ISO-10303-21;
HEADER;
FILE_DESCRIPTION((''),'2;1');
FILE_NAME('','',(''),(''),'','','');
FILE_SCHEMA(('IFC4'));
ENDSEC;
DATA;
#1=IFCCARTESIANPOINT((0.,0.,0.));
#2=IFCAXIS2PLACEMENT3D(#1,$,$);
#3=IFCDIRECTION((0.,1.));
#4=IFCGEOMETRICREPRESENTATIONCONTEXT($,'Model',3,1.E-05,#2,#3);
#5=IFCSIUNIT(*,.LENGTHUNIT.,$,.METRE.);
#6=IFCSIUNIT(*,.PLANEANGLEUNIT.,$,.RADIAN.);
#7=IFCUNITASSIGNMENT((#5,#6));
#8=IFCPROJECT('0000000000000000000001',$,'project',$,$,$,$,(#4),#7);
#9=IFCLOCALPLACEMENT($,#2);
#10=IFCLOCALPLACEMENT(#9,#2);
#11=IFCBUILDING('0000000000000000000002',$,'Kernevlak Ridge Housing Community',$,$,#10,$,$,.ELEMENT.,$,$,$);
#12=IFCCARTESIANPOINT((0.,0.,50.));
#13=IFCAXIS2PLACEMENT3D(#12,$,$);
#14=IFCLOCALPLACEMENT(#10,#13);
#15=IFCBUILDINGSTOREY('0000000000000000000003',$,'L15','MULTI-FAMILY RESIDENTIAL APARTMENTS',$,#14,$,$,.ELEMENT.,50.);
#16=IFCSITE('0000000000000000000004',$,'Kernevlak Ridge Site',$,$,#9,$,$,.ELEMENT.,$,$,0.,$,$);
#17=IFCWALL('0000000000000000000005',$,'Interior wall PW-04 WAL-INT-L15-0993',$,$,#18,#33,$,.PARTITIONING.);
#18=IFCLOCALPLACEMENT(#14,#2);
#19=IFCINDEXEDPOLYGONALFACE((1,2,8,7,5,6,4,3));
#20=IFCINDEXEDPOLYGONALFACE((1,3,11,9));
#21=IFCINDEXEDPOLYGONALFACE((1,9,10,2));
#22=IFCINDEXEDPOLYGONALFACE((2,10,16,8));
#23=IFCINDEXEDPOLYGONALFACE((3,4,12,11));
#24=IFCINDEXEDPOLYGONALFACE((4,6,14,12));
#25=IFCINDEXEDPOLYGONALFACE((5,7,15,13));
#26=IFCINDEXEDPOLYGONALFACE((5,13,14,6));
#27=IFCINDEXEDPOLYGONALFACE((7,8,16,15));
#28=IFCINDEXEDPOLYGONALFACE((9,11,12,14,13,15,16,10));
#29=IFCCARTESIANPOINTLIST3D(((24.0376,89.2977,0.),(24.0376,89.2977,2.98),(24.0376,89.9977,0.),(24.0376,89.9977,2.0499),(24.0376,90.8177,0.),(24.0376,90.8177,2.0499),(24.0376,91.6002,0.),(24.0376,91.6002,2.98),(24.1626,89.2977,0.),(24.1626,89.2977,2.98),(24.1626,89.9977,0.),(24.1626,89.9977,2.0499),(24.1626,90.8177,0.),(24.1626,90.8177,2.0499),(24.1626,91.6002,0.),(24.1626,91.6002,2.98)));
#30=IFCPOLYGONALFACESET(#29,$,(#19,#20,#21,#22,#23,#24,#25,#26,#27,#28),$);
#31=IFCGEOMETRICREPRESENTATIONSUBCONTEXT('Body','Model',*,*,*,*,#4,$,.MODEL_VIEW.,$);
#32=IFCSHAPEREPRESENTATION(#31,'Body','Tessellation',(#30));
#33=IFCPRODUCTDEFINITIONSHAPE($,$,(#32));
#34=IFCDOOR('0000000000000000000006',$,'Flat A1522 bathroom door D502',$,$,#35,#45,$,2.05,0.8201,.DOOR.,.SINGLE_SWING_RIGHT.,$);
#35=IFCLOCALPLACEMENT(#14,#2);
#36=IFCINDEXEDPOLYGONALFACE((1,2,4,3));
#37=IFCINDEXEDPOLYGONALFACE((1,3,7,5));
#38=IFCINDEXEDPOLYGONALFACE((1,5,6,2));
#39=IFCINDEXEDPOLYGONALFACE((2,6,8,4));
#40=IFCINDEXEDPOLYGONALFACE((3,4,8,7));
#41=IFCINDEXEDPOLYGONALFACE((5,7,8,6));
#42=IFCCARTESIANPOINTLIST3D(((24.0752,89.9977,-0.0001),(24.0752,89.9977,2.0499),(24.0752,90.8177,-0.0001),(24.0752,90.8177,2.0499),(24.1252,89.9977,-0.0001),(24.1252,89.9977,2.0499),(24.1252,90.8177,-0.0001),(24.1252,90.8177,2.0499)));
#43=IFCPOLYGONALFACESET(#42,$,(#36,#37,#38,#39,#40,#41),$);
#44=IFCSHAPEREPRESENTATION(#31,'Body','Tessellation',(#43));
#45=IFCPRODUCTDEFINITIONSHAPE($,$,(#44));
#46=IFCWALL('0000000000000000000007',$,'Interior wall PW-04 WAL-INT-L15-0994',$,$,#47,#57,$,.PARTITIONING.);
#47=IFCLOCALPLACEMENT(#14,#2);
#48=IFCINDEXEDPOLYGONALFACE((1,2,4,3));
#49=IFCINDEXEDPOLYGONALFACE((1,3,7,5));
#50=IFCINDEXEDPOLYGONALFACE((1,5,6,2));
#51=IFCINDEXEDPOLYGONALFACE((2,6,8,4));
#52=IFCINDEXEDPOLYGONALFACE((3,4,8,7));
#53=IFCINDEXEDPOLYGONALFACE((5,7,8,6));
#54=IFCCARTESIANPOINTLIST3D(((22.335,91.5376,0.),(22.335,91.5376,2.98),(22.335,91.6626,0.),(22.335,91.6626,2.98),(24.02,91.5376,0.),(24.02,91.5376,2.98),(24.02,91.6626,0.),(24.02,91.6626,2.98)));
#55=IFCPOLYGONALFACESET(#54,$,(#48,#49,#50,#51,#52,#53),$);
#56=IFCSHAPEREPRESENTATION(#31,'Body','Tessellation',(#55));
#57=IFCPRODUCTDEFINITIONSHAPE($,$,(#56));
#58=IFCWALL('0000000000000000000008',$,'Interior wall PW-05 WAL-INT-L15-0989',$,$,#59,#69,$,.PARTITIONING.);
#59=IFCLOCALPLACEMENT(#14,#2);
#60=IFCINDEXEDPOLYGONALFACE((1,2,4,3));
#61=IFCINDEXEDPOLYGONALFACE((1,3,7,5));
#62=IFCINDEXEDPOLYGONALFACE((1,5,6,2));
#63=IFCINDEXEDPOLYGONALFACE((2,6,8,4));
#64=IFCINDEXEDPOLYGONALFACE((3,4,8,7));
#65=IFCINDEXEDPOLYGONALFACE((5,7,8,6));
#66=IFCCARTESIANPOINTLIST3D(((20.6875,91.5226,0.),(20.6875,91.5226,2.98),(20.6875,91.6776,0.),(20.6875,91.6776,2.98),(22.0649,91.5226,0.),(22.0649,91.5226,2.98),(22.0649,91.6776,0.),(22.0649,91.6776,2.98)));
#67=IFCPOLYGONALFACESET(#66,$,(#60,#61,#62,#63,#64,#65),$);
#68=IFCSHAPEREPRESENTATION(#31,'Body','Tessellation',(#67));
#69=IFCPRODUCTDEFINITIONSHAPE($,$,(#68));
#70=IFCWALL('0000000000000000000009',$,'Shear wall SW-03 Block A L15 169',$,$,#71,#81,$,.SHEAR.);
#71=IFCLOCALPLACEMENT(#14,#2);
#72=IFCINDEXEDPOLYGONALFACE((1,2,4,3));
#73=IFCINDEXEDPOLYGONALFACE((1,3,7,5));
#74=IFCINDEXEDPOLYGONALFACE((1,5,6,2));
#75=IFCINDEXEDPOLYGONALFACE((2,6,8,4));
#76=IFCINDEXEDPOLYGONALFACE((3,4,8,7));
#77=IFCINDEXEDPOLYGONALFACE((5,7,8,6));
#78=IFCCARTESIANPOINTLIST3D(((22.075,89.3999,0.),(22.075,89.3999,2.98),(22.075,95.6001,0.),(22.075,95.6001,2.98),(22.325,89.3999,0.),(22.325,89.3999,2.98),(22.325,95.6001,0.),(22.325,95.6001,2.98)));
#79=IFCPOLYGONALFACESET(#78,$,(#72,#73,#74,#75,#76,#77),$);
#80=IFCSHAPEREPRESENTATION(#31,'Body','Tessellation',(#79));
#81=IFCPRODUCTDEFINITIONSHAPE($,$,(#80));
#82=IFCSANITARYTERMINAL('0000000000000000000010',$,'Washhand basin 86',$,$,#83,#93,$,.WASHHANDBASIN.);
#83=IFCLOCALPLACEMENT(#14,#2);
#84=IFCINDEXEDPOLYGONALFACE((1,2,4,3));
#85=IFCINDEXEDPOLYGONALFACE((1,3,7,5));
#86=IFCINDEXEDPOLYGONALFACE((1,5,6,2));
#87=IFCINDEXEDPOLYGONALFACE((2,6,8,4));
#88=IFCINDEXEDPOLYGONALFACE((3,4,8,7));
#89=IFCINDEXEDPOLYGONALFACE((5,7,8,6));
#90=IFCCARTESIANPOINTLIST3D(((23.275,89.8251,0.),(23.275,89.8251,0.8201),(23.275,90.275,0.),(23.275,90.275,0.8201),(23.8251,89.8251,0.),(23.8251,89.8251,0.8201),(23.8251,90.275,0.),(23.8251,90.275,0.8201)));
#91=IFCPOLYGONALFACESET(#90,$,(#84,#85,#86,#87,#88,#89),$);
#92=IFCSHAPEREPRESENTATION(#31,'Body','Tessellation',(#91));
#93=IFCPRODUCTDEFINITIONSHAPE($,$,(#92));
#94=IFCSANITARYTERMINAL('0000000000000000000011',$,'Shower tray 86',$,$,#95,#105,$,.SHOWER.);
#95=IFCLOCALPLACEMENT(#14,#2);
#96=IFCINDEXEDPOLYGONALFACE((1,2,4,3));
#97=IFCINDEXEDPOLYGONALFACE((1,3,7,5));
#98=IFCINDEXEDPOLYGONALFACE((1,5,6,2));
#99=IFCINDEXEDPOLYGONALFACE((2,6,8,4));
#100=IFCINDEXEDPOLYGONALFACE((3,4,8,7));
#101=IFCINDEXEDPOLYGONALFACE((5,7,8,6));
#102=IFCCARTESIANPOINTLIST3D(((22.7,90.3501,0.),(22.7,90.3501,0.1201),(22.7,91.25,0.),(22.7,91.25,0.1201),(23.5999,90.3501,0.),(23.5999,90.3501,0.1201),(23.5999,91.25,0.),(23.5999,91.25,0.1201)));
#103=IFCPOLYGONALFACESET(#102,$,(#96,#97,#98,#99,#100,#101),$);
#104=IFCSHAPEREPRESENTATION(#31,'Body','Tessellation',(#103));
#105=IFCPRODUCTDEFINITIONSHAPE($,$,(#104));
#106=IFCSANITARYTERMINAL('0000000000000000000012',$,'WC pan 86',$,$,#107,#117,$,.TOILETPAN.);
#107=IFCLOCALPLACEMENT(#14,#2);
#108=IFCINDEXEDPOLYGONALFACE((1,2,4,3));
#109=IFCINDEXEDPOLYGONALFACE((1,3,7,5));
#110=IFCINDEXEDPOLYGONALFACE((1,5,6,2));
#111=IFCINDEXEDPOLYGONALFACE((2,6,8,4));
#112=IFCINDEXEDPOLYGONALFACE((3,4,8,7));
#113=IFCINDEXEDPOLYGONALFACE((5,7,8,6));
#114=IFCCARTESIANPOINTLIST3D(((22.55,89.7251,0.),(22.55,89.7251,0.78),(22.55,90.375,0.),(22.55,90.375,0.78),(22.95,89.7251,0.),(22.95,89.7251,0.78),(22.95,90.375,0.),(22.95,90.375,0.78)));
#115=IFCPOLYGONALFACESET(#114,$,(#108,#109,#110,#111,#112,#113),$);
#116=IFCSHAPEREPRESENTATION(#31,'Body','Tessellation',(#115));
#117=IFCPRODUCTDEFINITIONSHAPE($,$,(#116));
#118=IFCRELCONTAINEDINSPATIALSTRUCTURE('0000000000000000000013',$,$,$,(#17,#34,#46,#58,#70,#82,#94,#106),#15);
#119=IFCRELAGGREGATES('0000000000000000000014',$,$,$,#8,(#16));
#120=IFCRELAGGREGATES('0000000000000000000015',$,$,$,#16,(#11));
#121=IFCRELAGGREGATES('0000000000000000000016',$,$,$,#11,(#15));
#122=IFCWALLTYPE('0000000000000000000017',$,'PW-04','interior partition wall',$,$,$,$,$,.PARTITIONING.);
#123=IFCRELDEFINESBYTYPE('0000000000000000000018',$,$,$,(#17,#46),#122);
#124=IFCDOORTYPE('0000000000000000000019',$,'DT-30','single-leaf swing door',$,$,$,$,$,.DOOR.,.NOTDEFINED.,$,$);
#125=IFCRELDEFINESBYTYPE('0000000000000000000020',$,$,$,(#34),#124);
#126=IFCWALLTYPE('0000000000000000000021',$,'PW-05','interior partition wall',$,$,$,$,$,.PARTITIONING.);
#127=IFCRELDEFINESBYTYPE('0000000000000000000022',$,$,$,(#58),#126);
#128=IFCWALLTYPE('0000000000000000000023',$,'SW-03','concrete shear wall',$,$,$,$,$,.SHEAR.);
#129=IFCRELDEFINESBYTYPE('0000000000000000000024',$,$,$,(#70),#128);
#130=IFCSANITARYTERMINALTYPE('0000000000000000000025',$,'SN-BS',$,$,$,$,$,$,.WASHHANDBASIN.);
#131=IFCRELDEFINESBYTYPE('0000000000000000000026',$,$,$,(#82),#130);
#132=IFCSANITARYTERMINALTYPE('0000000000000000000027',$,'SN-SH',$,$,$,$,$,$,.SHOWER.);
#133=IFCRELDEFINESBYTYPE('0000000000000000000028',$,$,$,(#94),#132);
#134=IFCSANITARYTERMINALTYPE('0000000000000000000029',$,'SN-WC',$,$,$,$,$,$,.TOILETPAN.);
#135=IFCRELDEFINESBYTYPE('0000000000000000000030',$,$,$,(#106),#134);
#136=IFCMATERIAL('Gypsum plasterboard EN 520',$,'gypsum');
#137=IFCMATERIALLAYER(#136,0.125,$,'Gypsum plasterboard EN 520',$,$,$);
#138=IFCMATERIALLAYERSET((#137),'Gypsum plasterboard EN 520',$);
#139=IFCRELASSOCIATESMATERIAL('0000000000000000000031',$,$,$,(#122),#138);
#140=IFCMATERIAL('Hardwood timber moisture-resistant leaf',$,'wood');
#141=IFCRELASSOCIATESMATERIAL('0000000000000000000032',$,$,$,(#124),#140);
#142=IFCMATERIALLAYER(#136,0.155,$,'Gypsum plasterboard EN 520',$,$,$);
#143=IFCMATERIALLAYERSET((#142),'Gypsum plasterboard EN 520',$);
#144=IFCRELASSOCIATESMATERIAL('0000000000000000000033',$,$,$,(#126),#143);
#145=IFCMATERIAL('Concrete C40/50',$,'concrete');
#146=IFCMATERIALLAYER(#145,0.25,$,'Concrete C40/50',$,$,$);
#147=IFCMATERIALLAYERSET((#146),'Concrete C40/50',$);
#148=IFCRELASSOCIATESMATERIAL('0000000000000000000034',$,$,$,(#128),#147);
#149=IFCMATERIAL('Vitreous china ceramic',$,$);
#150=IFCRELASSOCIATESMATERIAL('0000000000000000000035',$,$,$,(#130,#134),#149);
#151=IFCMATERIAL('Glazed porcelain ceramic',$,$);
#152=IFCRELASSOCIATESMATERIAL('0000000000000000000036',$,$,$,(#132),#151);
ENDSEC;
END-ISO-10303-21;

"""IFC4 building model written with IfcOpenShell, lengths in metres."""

from ifc_helpers import new_model, si_unit, direction, frame, frame_2d, origin, origin_2d, place, context, subcontext, project, spatial, rectangle, extrude, material, layer, layer_set, type_object, element, fill, save


model = new_model("IFC4")

# Units and contexts
model_context = context("Model", 3, precision=1e-05, world=origin(), true_north=direction((0.0, 1.0)))
body_context = subcontext(model_context, "Body", "Model", "MODEL_VIEW")
ifc_project = project(units=[si_unit("LENGTHUNIT", "METRE"), si_unit("PLANEANGLEUNIT", "RADIAN")], contexts=[model_context])

# Site, building, storey
site_placement = place(None, origin())
site = spatial("IfcSite", under=ifc_project, at=site_placement, Name="Kernevlak Ridge Site", CompositionType="ELEMENT", RefElevation=0.0)
building_placement = place(site_placement, origin())
building = spatial("IfcBuilding", under=site, at=building_placement, Name="Kernevlak Ridge Housing Community", CompositionType="ELEMENT")
storey_placement = place(building_placement, frame((0.0, 0.0, 50.0)))
storey = spatial("IfcBuildingStorey", under=building, at=storey_placement, Name="L15", Description="MULTI-FAMILY RESIDENTIAL APARTMENTS", CompositionType="ELEMENT", Elevation=50.0)

# Wall, opening, door
ifc_material_1 = material(Name="Gypsum plasterboard EN 520", Category="gypsum")
ifc_layer_1 = layer(ifc_material_1, 0.125, Name="Gypsum plasterboard EN 520")
ifc_layer_set_1 = layer_set([ifc_layer_1], Name="Gypsum plasterboard EN 520")
wall_type_1 = type_object("IfcWallType", Name="PW-04", Description="interior partition wall", PredefinedType="PARTITIONING", material=ifc_layer_set_1)
wall_1_placement = place(storey_placement, frame((24.1001, 89.2976, 0.0), z_axis=(0.0, 0.0, 1.0), x_axis=(0.0, 1.0, 0.0)))
wall_1 = element("IfcWall", 1, at=wall_1_placement, inside=storey, type_object=wall_type_1, Name="Interior wall PW-04 WAL-INT-L15-0993", PredefinedType="PARTITIONING", context=body_context, shape_type="SweptSolid", body=[
    extrude(rectangle(XDim=2.3025, YDim=0.125, at=frame_2d((1.1514, 0.0))), origin(), (0.0, 0.0, 1.0), 2.98),
])
opening_1_placement = place(wall_1_placement, frame((0.7, 0.0, 0.0)))
opening_1 = element("IfcOpeningElement", 2, at=opening_1_placement, cuts=wall_1, PredefinedType="OPENING", context=body_context, shape_type="SweptSolid", body=[
    extrude(rectangle(XDim=0.8201, YDim=2.05, at=frame_2d((0.4102, 1.0249))), frame((0.0, 0.0725, 0.0), z_axis=(0.0, -1.0, 0.0), x_axis=(1.0, 0.0, 0.0)), (0.0, 0.0, 1.0), 0.145),
])
ifc_material_2 = material(Name="Hardwood timber moisture-resistant leaf", Category="wood")
door_type_1 = type_object("IfcDoorType", Name="DT-30", Description="single-leaf swing door", OperationType="NOTDEFINED", PredefinedType="DOOR", material=ifc_material_2)
door_1_placement = place(opening_1_placement, origin())
door_1 = element("IfcDoor", 3, at=door_1_placement, inside=storey, type_object=door_type_1, Name="Flat A1522 bathroom door D502", OperationType="SINGLE_SWING_RIGHT", OverallHeight=2.05, OverallWidth=0.8201, PredefinedType="DOOR", context=body_context, shape_type="SweptSolid", body=[
    extrude(rectangle(XDim=0.8201, YDim=2.05, at=frame_2d((0.4102, 1.0249))), frame((0.0, 0.0249, 0.0), z_axis=(0.0, -1.0, 0.0), x_axis=(1.0, 0.0, 0.0)), (0.0, 0.0, 1.0), 0.05),
])
fill(opening_1, door_1)

# Walls
wall_2_placement = place(storey_placement, frame((22.335, 91.6001, 0.0), z_axis=(0.0, 0.0, 1.0), x_axis=(1.0, 0.0, 0.0)))
element("IfcWall", 4, at=wall_2_placement, inside=storey, type_object=wall_type_1, Name="Interior wall PW-04 WAL-INT-L15-0994", PredefinedType="PARTITIONING", context=body_context, shape_type="SweptSolid", body=[
    extrude(rectangle(XDim=1.6851, YDim=0.125, at=frame_2d((0.8425, 0.0))), origin(), (0.0, 0.0, 1.0), 2.98),
])
ifc_layer_2 = layer(ifc_material_1, 0.155, Name="Gypsum plasterboard EN 520")
ifc_layer_set_2 = layer_set([ifc_layer_2], Name="Gypsum plasterboard EN 520")
wall_type_2 = type_object("IfcWallType", Name="PW-05", Description="interior partition wall", PredefinedType="PARTITIONING", material=ifc_layer_set_2)
wall_3_placement = place(storey_placement, frame((20.6875, 91.6001, 0.0), z_axis=(0.0, 0.0, 1.0), x_axis=(1.0, 0.0, 0.0)))
element("IfcWall", 5, at=wall_3_placement, inside=storey, type_object=wall_type_2, Name="Interior wall PW-05 WAL-INT-L15-0989", PredefinedType="PARTITIONING", context=body_context, shape_type="SweptSolid", body=[
    extrude(rectangle(XDim=1.3774, YDim=0.155, at=frame_2d((0.6887, 0.0))), origin(), (0.0, 0.0, 1.0), 2.98),
])
ifc_material_3 = material(Name="Concrete C40/50", Category="concrete")
ifc_layer_3 = layer(ifc_material_3, 0.25, Name="Concrete C40/50")
ifc_layer_set_3 = layer_set([ifc_layer_3], Name="Concrete C40/50")
wall_type_3 = type_object("IfcWallType", Name="SW-03", Description="concrete shear wall", PredefinedType="SHEAR", material=ifc_layer_set_3)
wall_4_placement = place(storey_placement, frame((22.2, 89.3999, 0.0), z_axis=(0.0, 0.0, 1.0), x_axis=(0.0, 1.0, 0.0)))
element("IfcWall", 6, at=wall_4_placement, inside=storey, type_object=wall_type_3, Name="Shear wall SW-03 Block A L15 169", PredefinedType="SHEAR", context=body_context, shape_type="SweptSolid", body=[
    extrude(rectangle(XDim=6.2002, YDim=0.25, at=frame_2d((3.1001, 0.0))), origin(), (0.0, 0.0, 1.0), 2.98),
])

# Sanitary terminals
ifc_material_4 = material(Name="Vitreous china ceramic")
sanitary_terminal_type_1 = type_object("IfcSanitaryTerminalType", Name="SN-BS", PredefinedType="WASHHANDBASIN", material=ifc_material_4)
sanitary_terminal_1_placement = place(storey_placement, frame((23.55, 90.05, 0.0), z_axis=(0.0, 0.0, 1.0), x_axis=(1.0, 0.0, 0.0)))
element("IfcSanitaryTerminal", 7, at=sanitary_terminal_1_placement, inside=storey, type_object=sanitary_terminal_type_1, Name="Washhand basin 86", PredefinedType="WASHHANDBASIN", context=body_context, shape_type="SweptSolid", body=[
    extrude(rectangle(XDim=0.55, YDim=0.45, at=origin_2d()), origin(), (0.0, 0.0, 1.0), 0.8201),
])
ifc_material_5 = material(Name="Glazed porcelain ceramic")
sanitary_terminal_type_2 = type_object("IfcSanitaryTerminalType", Name="SN-SH", PredefinedType="SHOWER", material=ifc_material_5)
sanitary_terminal_2_placement = place(storey_placement, frame((23.1499, 90.8, 0.0), z_axis=(0.0, 0.0, 1.0), x_axis=(1.0, 0.0, 0.0)))
element("IfcSanitaryTerminal", 8, at=sanitary_terminal_2_placement, inside=storey, type_object=sanitary_terminal_type_2, Name="Shower tray 86", PredefinedType="SHOWER", context=body_context, shape_type="SweptSolid", body=[
    extrude(rectangle(XDim=0.8999, YDim=0.8999, at=origin_2d()), origin(), (0.0, 0.0, 1.0), 0.1201),
])
sanitary_terminal_type_3 = type_object("IfcSanitaryTerminalType", Name="SN-WC", PredefinedType="TOILETPAN", material=ifc_material_4)
sanitary_terminal_3_placement = place(storey_placement, frame((22.75, 90.05, 0.0), z_axis=(0.0, 0.0, 1.0), x_axis=(1.0, 0.0, 0.0)))
element("IfcSanitaryTerminal", 9, at=sanitary_terminal_3_placement, inside=storey, type_object=sanitary_terminal_type_3, Name="WC pan 86", PredefinedType="TOILETPAN", context=body_context, shape_type="SweptSolid", body=[
    extrude(rectangle(XDim=0.3999, YDim=0.6499, at=origin_2d()), origin(), (0.0, 0.0, 1.0), 0.78),
])

save(model, "model.ifc")
